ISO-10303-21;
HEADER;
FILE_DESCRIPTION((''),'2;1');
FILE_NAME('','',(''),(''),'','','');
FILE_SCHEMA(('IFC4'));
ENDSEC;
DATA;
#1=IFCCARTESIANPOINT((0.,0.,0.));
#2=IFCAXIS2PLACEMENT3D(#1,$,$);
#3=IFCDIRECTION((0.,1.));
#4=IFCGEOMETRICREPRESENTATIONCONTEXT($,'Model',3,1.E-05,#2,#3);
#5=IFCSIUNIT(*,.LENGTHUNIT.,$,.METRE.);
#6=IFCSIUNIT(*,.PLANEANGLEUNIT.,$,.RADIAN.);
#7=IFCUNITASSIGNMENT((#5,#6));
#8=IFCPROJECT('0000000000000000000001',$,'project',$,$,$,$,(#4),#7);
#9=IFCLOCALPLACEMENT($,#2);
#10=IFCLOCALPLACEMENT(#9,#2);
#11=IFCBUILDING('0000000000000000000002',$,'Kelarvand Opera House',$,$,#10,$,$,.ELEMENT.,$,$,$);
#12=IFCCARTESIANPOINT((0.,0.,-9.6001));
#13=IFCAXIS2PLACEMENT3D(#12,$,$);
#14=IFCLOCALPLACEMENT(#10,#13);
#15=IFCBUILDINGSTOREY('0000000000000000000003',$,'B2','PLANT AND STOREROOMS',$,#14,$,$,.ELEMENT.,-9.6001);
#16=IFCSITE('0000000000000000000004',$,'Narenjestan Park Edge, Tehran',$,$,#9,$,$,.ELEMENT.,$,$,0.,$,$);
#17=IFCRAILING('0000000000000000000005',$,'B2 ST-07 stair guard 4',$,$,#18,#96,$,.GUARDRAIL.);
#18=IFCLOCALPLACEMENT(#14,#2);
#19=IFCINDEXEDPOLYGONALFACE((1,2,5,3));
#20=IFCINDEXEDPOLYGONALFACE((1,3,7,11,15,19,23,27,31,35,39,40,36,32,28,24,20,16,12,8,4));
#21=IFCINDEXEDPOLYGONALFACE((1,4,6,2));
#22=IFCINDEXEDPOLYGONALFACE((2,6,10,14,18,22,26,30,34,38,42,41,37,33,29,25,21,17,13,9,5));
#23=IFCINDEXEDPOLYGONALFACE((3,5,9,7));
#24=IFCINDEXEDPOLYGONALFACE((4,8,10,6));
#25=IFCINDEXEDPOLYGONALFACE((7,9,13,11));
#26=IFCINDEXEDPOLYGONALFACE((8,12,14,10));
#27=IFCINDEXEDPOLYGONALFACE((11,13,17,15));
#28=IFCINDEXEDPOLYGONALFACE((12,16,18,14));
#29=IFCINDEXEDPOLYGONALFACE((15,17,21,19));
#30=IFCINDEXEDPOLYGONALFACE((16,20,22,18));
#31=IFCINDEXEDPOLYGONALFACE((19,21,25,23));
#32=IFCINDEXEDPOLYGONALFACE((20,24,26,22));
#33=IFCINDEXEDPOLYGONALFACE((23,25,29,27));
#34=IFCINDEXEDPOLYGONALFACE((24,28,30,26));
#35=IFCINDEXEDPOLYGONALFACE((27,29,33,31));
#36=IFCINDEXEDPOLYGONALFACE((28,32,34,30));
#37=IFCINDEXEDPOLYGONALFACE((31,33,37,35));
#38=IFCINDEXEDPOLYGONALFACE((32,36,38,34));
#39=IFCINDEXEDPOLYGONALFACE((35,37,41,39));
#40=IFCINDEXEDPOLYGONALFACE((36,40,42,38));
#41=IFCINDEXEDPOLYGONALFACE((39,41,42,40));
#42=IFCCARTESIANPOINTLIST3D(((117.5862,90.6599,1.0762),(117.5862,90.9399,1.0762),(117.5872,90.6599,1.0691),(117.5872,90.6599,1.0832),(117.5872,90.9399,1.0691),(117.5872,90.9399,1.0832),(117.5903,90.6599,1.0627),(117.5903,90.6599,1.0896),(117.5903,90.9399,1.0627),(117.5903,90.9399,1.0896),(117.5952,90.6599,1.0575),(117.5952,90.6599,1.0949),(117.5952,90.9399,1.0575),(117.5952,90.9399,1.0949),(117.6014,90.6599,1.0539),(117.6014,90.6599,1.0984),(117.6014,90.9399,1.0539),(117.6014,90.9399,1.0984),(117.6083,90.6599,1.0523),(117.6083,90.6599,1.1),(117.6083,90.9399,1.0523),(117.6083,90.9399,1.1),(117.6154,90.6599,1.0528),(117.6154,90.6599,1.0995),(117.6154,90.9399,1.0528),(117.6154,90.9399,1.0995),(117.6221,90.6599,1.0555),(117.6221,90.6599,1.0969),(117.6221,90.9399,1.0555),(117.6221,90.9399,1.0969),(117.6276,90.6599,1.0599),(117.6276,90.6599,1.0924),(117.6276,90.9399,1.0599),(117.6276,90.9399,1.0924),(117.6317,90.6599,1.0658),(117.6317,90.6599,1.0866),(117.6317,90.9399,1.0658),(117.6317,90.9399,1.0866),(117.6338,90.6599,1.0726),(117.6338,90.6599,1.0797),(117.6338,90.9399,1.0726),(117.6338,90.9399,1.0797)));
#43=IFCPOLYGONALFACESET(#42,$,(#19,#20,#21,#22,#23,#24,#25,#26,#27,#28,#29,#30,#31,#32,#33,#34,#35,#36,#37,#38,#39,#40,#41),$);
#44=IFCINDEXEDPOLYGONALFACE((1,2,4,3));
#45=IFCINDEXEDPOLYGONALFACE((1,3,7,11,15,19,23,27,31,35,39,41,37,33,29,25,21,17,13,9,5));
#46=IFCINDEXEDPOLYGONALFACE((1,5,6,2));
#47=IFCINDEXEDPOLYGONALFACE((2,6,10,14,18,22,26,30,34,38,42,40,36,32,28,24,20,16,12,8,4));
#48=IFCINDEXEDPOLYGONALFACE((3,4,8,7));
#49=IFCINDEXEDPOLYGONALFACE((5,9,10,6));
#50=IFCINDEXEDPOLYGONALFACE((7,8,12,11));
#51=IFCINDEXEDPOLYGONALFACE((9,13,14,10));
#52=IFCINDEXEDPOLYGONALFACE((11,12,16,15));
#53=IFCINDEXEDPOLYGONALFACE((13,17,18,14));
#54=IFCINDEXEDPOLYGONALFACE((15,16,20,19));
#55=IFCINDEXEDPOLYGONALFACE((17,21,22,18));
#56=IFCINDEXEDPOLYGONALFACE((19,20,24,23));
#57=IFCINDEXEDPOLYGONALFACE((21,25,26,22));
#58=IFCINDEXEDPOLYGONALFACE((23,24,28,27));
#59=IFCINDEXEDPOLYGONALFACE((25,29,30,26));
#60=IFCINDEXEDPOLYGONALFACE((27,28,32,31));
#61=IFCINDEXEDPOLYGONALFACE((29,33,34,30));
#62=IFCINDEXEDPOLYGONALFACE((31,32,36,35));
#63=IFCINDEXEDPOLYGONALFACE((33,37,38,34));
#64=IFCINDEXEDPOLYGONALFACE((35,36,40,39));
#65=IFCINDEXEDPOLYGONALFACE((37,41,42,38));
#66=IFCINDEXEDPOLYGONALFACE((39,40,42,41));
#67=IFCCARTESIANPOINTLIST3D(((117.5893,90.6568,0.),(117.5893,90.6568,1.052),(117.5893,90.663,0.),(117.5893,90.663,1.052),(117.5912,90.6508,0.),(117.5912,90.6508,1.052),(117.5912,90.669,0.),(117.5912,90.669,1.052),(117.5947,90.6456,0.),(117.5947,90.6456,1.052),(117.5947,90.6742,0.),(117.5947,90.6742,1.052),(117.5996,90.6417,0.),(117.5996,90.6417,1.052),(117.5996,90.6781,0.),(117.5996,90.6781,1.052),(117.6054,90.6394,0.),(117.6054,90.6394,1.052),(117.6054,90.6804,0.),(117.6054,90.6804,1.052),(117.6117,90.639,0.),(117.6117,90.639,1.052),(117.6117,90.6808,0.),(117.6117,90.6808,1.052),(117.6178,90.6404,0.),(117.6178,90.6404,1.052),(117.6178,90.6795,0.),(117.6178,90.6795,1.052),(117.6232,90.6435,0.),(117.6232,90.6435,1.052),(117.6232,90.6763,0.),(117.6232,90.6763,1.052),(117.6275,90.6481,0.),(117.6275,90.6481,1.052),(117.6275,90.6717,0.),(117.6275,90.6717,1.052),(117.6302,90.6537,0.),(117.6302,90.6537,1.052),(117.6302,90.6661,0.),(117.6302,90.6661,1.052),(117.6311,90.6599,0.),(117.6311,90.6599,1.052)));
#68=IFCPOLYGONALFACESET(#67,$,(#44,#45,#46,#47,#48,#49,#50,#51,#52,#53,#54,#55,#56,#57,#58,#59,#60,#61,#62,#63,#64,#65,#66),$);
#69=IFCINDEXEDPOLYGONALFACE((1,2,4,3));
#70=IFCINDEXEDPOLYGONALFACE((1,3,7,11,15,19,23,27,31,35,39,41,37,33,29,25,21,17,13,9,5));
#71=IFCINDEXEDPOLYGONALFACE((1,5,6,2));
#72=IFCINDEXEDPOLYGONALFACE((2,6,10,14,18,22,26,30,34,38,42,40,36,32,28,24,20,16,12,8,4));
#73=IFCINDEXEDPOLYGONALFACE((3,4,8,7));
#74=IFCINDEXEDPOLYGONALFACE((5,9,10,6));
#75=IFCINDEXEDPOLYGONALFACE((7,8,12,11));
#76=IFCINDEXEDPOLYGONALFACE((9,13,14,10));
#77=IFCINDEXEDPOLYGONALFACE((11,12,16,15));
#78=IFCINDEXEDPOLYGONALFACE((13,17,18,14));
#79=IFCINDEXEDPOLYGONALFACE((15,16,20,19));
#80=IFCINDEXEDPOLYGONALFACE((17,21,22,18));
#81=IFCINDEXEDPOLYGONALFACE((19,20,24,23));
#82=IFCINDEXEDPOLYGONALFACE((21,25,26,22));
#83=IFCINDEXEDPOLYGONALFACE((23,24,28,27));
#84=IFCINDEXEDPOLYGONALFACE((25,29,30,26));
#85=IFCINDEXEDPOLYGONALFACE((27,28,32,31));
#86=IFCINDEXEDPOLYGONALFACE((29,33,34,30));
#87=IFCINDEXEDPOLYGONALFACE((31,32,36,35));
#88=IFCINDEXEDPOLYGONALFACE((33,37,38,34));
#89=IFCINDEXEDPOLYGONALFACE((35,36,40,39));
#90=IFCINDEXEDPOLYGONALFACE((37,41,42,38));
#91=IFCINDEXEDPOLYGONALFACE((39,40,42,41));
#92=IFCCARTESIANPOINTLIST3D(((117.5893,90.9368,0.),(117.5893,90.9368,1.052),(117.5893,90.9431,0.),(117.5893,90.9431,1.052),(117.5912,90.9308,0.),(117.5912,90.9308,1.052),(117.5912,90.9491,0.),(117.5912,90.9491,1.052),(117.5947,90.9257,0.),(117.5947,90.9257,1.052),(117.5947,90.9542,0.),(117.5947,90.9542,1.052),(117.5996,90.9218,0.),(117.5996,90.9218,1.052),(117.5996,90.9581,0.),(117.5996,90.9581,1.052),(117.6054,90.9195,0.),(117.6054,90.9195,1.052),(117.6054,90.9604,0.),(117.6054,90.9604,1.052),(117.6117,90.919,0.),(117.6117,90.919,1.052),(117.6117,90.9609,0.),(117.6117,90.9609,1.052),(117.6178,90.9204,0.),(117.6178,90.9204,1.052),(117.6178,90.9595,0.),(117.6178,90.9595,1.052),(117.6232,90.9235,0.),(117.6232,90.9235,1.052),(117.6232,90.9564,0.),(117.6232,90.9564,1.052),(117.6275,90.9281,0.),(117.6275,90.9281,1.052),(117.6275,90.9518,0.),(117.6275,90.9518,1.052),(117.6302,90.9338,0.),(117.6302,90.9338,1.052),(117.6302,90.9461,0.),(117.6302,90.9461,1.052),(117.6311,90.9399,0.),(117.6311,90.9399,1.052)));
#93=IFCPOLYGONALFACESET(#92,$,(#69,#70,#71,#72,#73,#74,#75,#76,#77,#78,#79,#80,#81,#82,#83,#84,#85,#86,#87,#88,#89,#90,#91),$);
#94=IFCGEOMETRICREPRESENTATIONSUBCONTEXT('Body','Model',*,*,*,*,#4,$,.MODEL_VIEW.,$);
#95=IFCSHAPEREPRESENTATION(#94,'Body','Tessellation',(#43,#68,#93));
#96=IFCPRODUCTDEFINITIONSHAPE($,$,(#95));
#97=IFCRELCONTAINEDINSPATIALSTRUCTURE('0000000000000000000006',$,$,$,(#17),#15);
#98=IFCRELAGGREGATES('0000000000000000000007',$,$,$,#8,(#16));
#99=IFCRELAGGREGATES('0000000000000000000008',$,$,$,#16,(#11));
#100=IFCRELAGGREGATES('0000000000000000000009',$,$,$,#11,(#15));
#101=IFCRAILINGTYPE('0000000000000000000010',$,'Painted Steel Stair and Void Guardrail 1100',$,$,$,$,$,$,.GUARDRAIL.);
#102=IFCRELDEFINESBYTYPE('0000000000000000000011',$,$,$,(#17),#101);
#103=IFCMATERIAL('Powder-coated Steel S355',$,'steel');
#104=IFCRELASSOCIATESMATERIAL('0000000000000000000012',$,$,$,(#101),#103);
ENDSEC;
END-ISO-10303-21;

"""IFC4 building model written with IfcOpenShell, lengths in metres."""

from ifc_helpers import new_model, si_unit, direction, frame, origin, origin_2d, place, context, subcontext, project, spatial, circle, extrude, material, type_object, element, save


model = new_model("IFC4")

# Units and contexts
model_context = context("Model", 3, precision=1e-05, world=origin(), true_north=direction((0.0, 1.0)))
body_context = subcontext(model_context, "Body", "Model", "MODEL_VIEW")
ifc_project = project(units=[si_unit("LENGTHUNIT", "METRE"), si_unit("PLANEANGLEUNIT", "RADIAN")], contexts=[model_context])

# Site, building, storey
site_placement = place(None, origin())
site = spatial("IfcSite", under=ifc_project, at=site_placement, Name="Narenjestan Park Edge, Tehran", CompositionType="ELEMENT", RefElevation=0.0)
building_placement = place(site_placement, origin())
building = spatial("IfcBuilding", under=site, at=building_placement, Name="Kelarvand Opera House", CompositionType="ELEMENT")
storey_placement = place(building_placement, frame((0.0, 0.0, -9.6001)))
storey = spatial("IfcBuildingStorey", under=building, at=storey_placement, Name="B2", Description="PLANT AND STOREROOMS", CompositionType="ELEMENT", Elevation=-9.6001)

# Railing
ifc_material_1 = material(Name="Powder-coated Steel S355", Category="steel")
railing_type_1 = type_object("IfcRailingType", Name="Painted Steel Stair and Void Guardrail 1100", PredefinedType="GUARDRAIL", material=ifc_material_1)
railing_1_placement = place(storey_placement, frame((117.6101, 90.6599, 0.0)))
element("IfcRailing", 1, at=railing_1_placement, inside=storey, type_object=railing_type_1, Name="B2 ST-07 stair guard 4", PredefinedType="GUARDRAIL", context=body_context, shape_type="SweptSolid", body=[
    extrude(circle(Radius=0.0239, at=origin_2d()), frame((0.0, 0.0, 1.0762), z_axis=(0.0, 1.0, 0.0), x_axis=(-1.0, 0.0, 0.0)), (0.0, 0.0, 1.0), 0.28),
    extrude(circle(Radius=0.021, at=origin_2d()), origin(), (0.0, 0.0, 1.0), 1.052),
    extrude(circle(Radius=0.021, at=origin_2d()), frame((0.0, 0.28, 0.0)), (0.0, 0.0, 1.0), 1.052),
])

save(model, "model.ifc")
